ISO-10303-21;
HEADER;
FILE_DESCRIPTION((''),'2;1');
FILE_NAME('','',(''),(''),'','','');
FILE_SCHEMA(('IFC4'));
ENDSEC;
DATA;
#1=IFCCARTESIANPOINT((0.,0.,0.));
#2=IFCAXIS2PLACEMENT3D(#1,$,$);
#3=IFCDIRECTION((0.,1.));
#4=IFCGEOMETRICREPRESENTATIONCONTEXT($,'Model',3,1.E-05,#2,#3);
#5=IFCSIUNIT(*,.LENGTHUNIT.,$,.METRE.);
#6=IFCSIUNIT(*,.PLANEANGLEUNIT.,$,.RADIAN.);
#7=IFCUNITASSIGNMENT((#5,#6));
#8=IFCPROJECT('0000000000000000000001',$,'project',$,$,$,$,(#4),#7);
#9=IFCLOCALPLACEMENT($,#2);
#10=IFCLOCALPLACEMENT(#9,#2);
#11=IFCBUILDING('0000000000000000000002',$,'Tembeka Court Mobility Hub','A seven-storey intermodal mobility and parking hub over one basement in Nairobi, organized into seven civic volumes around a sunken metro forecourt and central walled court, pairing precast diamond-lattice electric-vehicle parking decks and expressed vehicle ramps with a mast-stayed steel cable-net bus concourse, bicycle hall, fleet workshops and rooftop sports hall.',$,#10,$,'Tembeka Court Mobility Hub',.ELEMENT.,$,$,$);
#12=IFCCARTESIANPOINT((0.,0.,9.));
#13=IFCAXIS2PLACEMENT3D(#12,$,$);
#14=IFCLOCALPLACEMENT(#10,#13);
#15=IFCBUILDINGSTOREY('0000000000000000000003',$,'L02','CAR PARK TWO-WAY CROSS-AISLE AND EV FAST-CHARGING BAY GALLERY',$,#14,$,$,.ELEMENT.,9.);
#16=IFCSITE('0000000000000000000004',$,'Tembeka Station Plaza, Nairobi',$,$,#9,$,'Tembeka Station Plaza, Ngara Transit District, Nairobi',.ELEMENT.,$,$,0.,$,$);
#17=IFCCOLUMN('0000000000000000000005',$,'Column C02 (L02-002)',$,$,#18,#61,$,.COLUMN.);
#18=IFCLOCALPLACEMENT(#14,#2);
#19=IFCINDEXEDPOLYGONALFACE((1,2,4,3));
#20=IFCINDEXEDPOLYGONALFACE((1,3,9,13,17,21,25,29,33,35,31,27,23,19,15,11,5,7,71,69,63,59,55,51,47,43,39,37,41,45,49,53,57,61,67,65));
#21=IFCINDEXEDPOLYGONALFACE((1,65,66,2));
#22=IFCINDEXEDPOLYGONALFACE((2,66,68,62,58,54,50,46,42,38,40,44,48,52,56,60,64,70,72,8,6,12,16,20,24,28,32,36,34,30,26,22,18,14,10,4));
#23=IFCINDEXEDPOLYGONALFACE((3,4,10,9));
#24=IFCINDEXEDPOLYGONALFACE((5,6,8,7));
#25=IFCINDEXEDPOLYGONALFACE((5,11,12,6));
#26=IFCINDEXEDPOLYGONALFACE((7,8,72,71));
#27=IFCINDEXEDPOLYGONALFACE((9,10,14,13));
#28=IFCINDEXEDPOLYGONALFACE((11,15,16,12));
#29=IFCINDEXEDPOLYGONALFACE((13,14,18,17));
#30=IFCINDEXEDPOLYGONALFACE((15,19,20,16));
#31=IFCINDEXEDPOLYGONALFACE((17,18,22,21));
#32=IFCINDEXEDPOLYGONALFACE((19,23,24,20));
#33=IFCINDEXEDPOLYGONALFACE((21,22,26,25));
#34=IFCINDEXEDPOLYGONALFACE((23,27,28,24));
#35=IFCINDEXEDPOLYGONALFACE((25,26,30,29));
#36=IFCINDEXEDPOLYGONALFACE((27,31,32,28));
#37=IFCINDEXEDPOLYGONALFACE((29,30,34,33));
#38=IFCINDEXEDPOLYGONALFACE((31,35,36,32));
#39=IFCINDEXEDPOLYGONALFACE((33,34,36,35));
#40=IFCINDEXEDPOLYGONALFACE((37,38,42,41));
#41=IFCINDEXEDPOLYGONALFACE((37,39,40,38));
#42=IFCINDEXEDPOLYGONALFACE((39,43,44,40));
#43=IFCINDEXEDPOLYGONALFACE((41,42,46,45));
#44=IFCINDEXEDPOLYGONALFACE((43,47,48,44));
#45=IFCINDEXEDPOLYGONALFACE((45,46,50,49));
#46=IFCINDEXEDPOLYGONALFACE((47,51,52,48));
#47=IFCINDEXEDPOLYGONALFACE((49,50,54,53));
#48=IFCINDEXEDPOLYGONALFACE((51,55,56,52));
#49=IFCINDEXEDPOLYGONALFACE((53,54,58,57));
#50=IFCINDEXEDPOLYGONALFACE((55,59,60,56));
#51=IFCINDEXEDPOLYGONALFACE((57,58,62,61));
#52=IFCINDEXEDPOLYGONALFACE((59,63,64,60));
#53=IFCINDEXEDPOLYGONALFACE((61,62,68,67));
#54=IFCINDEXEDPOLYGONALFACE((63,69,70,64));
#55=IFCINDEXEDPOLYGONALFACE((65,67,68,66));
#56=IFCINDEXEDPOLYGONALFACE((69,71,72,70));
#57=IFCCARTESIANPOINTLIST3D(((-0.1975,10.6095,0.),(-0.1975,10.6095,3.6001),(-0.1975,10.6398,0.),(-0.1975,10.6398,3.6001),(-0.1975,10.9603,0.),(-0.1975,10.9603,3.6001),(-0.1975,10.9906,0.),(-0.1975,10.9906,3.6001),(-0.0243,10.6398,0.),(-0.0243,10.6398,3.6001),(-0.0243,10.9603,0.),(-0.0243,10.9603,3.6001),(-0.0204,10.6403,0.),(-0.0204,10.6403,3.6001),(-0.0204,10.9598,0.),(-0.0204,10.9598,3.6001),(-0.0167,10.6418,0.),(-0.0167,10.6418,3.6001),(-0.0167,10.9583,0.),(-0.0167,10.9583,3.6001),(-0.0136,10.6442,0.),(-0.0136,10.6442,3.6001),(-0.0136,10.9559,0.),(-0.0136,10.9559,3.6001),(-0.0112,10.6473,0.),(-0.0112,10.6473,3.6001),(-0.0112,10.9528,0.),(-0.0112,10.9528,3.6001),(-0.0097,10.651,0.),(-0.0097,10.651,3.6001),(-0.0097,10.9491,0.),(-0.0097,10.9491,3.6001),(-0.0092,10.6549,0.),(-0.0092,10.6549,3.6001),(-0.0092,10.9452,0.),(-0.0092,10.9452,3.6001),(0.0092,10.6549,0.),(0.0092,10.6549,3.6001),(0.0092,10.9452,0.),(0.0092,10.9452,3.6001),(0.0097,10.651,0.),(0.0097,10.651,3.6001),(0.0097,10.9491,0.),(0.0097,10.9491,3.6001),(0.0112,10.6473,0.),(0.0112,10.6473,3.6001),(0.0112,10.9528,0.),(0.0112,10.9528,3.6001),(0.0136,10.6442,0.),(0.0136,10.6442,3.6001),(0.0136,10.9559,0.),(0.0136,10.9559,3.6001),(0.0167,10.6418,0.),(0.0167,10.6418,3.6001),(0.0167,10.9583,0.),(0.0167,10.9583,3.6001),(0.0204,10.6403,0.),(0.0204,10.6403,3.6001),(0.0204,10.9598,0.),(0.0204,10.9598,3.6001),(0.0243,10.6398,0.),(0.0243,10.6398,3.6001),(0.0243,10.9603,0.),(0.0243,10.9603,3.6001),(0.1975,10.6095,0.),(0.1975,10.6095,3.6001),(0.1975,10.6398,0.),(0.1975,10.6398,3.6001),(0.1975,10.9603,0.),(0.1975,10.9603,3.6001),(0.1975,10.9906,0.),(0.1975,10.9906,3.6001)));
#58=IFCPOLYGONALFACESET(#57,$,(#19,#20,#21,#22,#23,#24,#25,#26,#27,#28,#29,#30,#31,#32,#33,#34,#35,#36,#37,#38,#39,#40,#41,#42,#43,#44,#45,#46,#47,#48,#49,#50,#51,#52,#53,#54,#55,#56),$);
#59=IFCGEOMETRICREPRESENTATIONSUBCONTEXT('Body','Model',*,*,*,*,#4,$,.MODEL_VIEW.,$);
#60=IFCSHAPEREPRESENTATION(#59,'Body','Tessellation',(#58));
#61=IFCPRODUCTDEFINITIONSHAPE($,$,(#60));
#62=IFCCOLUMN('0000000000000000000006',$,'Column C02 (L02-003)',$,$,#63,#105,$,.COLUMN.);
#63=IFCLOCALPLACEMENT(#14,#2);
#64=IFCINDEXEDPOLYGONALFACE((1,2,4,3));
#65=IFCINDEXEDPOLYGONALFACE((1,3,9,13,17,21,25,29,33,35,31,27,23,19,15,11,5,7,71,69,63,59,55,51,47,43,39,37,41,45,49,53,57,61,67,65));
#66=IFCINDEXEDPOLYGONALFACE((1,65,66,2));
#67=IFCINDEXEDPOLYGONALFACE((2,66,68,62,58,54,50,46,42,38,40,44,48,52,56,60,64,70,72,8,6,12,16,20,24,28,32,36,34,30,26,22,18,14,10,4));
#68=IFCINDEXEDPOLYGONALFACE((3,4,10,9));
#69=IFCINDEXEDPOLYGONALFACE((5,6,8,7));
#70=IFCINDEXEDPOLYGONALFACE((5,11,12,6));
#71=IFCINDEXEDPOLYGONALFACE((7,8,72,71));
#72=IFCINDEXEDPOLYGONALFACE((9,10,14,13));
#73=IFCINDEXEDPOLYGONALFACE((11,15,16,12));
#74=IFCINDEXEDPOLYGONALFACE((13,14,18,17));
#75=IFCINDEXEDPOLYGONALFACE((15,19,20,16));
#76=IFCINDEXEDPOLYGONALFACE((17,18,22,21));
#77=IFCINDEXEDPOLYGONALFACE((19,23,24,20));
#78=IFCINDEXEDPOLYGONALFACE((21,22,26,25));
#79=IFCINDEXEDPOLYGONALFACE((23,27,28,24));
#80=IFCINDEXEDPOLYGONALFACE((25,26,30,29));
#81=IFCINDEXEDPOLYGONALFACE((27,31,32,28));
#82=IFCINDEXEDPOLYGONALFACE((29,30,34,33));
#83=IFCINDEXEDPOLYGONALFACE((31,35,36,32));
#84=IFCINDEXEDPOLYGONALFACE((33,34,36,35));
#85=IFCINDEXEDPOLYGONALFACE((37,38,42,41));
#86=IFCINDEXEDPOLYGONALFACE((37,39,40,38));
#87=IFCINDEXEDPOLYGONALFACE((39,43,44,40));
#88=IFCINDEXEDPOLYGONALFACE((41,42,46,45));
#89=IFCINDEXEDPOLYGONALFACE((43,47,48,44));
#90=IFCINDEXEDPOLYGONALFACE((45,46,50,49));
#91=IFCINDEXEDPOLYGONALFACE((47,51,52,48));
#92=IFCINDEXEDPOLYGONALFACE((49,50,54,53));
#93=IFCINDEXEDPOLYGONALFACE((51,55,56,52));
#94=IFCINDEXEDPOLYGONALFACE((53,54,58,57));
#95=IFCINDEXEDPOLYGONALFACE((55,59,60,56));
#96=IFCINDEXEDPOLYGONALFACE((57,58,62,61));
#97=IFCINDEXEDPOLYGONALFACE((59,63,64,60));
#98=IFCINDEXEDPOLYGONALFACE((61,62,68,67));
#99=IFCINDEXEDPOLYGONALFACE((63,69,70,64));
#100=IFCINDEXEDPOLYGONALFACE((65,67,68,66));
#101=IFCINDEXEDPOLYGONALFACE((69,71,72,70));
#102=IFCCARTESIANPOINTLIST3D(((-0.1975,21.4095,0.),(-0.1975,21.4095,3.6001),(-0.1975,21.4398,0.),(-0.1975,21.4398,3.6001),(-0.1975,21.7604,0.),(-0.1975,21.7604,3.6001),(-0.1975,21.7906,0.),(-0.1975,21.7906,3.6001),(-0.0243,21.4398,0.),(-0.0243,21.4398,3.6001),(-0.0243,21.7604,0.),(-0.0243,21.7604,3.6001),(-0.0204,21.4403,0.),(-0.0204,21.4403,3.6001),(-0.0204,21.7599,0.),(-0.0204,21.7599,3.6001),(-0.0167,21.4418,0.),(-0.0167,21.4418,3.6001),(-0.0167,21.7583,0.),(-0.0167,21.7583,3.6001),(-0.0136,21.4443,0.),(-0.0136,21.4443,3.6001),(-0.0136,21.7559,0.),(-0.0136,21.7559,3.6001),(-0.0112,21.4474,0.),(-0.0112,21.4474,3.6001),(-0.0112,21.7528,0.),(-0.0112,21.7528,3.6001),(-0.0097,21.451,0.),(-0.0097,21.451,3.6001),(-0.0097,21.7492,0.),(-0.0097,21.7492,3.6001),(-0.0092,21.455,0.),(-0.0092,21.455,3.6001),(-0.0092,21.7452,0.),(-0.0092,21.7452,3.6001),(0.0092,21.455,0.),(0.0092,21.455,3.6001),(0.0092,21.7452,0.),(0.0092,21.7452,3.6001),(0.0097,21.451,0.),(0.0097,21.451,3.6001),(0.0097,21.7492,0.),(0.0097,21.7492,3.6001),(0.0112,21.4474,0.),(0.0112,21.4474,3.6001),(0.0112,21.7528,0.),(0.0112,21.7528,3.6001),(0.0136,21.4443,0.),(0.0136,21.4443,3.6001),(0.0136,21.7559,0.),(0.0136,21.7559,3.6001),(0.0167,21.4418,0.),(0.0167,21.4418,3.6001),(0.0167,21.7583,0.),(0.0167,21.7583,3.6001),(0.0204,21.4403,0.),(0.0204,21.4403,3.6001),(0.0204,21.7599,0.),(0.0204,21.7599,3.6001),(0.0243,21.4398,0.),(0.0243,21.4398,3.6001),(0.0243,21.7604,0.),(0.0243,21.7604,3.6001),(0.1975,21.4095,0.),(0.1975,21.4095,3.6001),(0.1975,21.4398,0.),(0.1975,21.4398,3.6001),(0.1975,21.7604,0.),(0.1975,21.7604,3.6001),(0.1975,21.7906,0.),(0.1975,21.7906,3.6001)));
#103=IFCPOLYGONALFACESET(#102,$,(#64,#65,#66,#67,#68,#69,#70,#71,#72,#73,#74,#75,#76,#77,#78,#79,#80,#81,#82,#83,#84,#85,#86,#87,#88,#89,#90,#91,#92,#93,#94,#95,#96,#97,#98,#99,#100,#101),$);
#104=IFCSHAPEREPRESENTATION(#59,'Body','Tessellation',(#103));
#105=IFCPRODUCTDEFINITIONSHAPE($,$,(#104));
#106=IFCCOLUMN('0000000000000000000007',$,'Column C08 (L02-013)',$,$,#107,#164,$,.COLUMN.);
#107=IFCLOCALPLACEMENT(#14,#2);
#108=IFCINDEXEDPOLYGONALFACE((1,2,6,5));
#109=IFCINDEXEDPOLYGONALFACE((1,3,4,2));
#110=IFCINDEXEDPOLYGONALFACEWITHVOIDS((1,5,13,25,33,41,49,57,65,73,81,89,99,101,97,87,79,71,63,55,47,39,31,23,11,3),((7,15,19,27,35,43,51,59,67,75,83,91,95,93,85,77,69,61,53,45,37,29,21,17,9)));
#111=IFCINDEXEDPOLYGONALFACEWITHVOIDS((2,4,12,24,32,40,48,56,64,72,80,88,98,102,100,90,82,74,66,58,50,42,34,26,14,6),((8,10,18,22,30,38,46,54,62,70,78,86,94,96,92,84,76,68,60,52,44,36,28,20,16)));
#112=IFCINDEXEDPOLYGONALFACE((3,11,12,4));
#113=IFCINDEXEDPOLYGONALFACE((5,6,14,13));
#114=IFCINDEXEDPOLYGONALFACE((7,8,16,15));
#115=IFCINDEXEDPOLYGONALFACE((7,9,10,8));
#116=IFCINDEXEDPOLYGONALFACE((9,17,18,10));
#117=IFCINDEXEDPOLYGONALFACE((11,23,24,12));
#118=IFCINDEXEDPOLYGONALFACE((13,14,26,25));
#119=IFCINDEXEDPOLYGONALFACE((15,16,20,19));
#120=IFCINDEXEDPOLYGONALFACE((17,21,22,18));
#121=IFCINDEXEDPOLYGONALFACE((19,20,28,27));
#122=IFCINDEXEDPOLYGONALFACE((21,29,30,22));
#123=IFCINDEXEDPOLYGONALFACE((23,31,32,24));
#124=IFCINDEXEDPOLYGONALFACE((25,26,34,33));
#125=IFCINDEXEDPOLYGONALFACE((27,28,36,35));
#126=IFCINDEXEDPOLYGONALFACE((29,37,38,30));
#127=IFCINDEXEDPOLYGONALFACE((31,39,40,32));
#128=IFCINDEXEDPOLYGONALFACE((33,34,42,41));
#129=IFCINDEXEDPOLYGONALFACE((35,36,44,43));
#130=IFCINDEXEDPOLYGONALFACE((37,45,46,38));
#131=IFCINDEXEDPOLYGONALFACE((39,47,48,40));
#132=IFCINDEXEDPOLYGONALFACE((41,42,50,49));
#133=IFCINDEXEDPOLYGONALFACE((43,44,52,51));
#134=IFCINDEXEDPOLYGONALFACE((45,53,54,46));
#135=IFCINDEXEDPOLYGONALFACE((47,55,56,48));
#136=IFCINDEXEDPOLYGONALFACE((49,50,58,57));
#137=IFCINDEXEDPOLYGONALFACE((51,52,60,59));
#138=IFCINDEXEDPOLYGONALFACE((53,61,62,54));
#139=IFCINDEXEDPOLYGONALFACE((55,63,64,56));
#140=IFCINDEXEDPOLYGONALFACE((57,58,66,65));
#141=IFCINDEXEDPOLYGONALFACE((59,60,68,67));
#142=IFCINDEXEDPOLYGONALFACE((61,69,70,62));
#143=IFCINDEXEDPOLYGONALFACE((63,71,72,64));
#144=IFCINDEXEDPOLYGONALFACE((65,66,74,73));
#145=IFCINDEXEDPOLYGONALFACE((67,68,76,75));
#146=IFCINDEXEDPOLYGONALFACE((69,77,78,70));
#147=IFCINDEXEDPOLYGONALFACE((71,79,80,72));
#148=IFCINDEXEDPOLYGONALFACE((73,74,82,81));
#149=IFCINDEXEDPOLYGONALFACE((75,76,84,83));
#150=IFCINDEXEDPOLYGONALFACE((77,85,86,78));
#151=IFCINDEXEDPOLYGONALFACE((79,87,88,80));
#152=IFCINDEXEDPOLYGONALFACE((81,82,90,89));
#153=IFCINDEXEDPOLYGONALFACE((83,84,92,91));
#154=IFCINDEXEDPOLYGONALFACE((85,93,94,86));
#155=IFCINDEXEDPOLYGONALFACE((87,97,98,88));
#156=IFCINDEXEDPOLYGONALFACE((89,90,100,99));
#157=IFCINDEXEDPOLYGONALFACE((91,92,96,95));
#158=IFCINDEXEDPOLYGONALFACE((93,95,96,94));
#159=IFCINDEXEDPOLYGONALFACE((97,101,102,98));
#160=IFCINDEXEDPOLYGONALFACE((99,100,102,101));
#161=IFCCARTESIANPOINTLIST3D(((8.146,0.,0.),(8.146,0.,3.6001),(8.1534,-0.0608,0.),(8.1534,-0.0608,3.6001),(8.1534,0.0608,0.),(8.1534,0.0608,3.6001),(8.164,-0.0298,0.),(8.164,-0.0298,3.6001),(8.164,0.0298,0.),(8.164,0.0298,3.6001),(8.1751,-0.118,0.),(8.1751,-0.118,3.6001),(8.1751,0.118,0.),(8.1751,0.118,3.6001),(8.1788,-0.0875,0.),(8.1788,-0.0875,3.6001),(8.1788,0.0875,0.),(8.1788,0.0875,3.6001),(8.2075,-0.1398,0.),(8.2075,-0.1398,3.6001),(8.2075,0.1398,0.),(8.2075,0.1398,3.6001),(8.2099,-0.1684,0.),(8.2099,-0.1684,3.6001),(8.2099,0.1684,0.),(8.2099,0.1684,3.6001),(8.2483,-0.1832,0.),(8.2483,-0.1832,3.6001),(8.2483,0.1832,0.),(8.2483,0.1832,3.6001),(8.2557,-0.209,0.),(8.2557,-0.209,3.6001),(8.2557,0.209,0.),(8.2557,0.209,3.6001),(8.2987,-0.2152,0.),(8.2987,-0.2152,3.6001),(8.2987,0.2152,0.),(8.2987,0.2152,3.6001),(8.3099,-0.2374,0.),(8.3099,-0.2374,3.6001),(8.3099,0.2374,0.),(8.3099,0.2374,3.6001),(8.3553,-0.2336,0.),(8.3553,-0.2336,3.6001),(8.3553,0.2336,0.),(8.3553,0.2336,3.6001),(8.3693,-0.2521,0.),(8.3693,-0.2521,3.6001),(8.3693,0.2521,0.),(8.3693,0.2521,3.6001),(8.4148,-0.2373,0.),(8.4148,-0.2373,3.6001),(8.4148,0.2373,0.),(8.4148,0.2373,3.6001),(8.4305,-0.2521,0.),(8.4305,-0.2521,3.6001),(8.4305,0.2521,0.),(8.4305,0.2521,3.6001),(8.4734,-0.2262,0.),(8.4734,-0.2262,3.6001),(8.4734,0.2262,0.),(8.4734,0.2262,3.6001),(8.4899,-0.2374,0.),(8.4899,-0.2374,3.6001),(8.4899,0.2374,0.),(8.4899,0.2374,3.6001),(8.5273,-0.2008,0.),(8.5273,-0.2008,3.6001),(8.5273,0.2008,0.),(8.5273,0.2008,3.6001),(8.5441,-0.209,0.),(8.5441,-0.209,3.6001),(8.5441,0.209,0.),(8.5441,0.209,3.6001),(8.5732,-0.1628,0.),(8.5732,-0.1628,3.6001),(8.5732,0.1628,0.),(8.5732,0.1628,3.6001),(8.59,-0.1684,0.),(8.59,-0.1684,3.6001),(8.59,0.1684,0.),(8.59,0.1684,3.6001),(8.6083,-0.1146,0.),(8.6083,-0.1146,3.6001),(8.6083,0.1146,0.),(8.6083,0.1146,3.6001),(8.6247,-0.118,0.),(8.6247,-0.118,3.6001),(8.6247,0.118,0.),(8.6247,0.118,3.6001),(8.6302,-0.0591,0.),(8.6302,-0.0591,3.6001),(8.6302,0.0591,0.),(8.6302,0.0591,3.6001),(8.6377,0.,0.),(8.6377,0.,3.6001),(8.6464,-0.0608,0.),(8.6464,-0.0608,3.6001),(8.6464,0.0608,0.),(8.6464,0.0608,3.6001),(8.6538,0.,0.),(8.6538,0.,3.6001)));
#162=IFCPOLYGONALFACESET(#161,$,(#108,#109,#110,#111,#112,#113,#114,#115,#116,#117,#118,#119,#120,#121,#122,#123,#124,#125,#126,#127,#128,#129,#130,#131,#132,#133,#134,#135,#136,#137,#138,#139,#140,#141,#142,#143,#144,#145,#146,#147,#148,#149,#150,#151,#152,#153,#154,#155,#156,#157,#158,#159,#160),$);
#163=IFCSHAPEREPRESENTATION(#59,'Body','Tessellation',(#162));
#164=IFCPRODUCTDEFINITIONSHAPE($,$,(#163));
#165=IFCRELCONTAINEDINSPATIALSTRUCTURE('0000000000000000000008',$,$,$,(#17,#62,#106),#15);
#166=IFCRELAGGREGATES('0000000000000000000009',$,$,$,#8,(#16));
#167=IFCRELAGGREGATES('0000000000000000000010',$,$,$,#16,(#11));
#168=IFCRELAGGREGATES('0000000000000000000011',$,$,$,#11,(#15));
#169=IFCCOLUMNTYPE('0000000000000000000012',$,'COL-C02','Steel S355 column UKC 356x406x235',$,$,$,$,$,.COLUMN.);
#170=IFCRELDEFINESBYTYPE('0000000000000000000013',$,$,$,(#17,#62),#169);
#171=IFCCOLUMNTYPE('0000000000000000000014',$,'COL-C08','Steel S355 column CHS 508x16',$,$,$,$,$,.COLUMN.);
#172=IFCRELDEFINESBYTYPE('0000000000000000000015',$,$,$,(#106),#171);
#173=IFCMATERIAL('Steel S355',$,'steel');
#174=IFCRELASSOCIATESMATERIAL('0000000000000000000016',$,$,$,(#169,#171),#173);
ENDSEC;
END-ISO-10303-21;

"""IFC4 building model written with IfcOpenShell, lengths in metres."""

from ifc_helpers import new_model, si_unit, direction, frame, origin, origin_2d, place, context, subcontext, project, spatial, hollow_circle, i_section, extrude, material, material_profile, profile_set, type_object, element, save


model = new_model("IFC4")

# Units and contexts
model_context = context("Model", 3, precision=1e-05, world=origin(), true_north=direction((0.0, 1.0)))
body_context = subcontext(model_context, "Body", "Model", "MODEL_VIEW")
ifc_project = project(units=[si_unit("LENGTHUNIT", "METRE"), si_unit("PLANEANGLEUNIT", "RADIAN")], contexts=[model_context])

# Site, building, storey
site_placement = place(None, origin())
site = spatial("IfcSite", under=ifc_project, at=site_placement, Name="Tembeka Station Plaza, Nairobi", LongName="Tembeka Station Plaza, Ngara Transit District, Nairobi", CompositionType="ELEMENT", RefElevation=0.0)
building_placement = place(site_placement, origin())
building = spatial("IfcBuilding", under=site, at=building_placement, Name="Tembeka Court Mobility Hub", Description="A seven-storey intermodal mobility and parking hub over one basement in Nairobi, organized into seven civic volumes around a sunken metro forecourt and central walled court, pairing precast diamond-lattice electric-vehicle parking decks and expressed vehicle ramps with a mast-stayed steel cable-net bus concourse, bicycle hall, fleet workshops and rooftop sports hall.", LongName="Tembeka Court Mobility Hub", CompositionType="ELEMENT")
storey_placement = place(building_placement, frame((0.0, 0.0, 9.0)))
storey = spatial("IfcBuildingStorey", under=building, at=storey_placement, Name="L02", Description="CAR PARK TWO-WAY CROSS-AISLE AND EV FAST-CHARGING BAY GALLERY", CompositionType="ELEMENT", Elevation=9.0)

# Columns
ifc_material_1 = material(Name="Steel S355", Category="steel")
ifc_material_profile_1 = material_profile(ifc_material_1, i_section(OverallWidth=0.395, OverallDepth=0.3811, WebThickness=0.0183, FlangeThickness=0.0303, FilletRadius=0.0151, at=origin_2d()), Name="UKC 356x406x235")
ifc_profile_set_1 = profile_set([ifc_material_profile_1], Name="Steel S355")
column_type_1 = type_object("IfcColumnType", Name="COL-C02", Description="Steel S355 column UKC 356x406x235", PredefinedType="COLUMN", material=ifc_profile_set_1)
for number, where, z_axis, x_axis, name in (
    (1, (0.0, 10.8, 0.0), (0.0, 0.0, 1.0), (1.0, 0.0, 0.0), "Column C02 (L02-002)"),
    (2, (0.0, 21.6001, 0.0), (0.0, 0.0, 1.0), (1.0, 0.0, 0.0), "Column C02 (L02-003)"),
):
    element("IfcColumn", number, at=place(storey_placement, frame(where, z_axis=z_axis, x_axis=x_axis)), inside=storey, type_object=column_type_1, Name=name, PredefinedType="COLUMN", context=body_context, shape_type="SweptSolid", body=[
        extrude(i_section(OverallWidth=0.395, OverallDepth=0.3811, WebThickness=0.0183, FlangeThickness=0.0303, FilletRadius=0.0151, at=origin_2d()), origin(), (0.0, 0.0, 1.0), 3.6001),
    ])
ifc_material_profile_2 = material_profile(ifc_material_1, hollow_circle(Radius=0.2539, WallThickness=0.0161, at=origin_2d()), Name="CHS 508x16")
ifc_profile_set_2 = profile_set([ifc_material_profile_2], Name="Steel S355")
column_type_2 = type_object("IfcColumnType", Name="COL-C08", Description="Steel S355 column CHS 508x16", PredefinedType="COLUMN", material=ifc_profile_set_2)
for number, where, z_axis, x_axis, name in (
    (3, (8.3999, 0.0, 0.0), (0.0, 0.0, 1.0), (1.0, 0.0, 0.0), "Column C08 (L02-013)"),
):
    element("IfcColumn", number, at=place(storey_placement, frame(where, z_axis=z_axis, x_axis=x_axis)), inside=storey, type_object=column_type_2, Name=name, PredefinedType="COLUMN", context=body_context, shape_type="SweptSolid", body=[
        extrude(hollow_circle(Radius=0.2539, WallThickness=0.0161, at=origin_2d()), origin(), (0.0, 0.0, 1.0), 3.6001),
    ])

save(model, "model.ifc")
